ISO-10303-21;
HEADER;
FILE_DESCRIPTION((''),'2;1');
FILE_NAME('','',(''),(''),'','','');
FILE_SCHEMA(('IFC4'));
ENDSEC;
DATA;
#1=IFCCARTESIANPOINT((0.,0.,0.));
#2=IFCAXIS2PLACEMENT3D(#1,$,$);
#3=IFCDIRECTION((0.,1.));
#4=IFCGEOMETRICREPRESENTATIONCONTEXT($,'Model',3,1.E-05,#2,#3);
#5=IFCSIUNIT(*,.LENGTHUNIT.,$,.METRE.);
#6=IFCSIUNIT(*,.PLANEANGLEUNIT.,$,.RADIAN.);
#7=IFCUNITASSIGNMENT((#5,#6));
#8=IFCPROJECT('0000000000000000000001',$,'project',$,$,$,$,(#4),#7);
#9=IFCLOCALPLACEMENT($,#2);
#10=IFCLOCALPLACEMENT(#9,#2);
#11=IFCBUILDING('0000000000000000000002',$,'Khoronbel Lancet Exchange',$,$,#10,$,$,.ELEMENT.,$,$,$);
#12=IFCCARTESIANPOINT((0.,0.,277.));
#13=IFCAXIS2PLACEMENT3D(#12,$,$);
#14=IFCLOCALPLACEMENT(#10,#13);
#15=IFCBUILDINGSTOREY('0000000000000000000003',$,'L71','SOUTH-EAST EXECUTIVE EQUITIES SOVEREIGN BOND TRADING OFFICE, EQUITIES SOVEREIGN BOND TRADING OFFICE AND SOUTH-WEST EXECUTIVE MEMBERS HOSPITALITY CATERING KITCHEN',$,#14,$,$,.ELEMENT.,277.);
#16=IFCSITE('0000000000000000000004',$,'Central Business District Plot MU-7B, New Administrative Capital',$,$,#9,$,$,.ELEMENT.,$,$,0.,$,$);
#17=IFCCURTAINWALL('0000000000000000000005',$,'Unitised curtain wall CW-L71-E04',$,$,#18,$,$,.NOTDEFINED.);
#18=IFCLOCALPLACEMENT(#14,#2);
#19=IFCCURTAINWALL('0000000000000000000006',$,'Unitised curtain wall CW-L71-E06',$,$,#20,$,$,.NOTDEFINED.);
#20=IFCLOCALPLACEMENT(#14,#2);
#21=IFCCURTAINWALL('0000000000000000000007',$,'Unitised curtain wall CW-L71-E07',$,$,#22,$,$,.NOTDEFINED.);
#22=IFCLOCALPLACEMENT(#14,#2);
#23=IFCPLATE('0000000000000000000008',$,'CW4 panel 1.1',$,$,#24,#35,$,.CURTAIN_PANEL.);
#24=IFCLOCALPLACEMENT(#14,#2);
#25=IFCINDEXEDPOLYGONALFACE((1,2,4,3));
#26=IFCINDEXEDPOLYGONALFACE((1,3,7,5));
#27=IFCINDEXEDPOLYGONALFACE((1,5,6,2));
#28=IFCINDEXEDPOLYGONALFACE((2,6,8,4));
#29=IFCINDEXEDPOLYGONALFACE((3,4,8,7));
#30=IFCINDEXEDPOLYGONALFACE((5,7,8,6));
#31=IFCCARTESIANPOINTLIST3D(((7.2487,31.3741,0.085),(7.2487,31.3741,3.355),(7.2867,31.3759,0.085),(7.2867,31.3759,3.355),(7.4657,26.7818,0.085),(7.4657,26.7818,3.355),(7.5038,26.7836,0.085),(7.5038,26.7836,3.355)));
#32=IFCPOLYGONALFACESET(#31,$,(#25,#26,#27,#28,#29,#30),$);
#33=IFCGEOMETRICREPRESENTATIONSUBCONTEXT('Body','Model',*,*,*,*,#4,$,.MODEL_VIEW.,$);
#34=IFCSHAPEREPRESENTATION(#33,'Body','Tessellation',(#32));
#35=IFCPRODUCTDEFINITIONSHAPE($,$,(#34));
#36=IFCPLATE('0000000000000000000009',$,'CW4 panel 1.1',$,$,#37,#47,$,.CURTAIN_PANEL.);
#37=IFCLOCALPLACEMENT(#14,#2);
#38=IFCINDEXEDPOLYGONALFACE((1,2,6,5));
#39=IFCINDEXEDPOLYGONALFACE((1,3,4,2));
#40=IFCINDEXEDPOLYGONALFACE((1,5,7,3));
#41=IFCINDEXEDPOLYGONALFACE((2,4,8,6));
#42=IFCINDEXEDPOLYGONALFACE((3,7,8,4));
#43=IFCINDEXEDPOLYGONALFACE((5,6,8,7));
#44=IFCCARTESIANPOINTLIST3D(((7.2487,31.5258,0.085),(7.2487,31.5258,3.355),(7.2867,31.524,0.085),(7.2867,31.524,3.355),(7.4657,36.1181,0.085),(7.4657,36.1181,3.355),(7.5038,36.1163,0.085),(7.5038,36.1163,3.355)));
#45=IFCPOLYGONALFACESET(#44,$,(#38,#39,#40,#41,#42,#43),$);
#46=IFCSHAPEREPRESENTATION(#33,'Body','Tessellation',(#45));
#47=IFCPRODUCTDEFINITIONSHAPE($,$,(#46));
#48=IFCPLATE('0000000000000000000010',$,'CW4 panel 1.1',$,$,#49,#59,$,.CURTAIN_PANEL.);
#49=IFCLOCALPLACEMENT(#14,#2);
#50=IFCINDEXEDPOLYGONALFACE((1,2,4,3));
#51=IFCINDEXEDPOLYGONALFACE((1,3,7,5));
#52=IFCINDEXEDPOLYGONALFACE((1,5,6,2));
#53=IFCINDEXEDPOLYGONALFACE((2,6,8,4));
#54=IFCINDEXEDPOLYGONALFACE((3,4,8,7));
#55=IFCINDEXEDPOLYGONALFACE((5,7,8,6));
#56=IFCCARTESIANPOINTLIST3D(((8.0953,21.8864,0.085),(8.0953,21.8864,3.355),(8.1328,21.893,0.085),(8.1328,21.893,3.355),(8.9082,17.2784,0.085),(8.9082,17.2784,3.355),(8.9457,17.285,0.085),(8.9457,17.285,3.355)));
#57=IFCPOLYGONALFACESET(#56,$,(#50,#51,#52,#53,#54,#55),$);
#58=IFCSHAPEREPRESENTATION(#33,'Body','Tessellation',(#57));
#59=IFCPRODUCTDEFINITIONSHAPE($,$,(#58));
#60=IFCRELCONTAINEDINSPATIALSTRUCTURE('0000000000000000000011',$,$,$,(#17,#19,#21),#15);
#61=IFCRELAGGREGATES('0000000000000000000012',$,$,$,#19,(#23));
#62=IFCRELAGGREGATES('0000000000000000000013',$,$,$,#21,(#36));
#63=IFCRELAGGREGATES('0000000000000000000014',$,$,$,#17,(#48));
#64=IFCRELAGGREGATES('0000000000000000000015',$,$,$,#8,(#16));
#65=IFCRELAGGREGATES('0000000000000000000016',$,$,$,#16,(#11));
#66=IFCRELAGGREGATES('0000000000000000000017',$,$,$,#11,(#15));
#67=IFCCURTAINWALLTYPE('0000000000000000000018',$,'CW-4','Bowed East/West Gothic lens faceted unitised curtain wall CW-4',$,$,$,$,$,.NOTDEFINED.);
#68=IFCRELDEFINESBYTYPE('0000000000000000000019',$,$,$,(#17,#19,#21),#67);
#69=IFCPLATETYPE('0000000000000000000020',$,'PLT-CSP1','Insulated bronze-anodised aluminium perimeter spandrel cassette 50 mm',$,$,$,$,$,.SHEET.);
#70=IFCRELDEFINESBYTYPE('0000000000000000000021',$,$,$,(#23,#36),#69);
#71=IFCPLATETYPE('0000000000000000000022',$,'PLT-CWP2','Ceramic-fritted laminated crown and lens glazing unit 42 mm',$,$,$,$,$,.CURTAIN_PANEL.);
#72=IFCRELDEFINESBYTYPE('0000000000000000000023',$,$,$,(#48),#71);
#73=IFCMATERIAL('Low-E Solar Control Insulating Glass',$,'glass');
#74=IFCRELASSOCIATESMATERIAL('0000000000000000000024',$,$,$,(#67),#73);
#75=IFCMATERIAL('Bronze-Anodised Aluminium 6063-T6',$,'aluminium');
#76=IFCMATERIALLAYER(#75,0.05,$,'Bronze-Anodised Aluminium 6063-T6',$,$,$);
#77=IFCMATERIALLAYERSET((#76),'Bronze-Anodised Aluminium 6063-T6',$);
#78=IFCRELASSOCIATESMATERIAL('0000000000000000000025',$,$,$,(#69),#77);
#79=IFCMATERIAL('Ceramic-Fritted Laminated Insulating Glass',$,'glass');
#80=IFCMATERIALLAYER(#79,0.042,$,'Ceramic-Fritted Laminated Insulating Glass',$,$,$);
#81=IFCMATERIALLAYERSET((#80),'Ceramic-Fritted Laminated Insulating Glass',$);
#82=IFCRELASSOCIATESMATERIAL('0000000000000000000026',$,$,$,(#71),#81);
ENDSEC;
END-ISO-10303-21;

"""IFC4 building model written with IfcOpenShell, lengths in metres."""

from ifc_helpers import new_model, si_unit, direction, frame, origin, origin_2d, place, context, subcontext, project, spatial, rectangle, extrude, material, layer, layer_set, type_object, element, aggregate, save


model = new_model("IFC4")

# Units and contexts
model_context = context("Model", 3, precision=1e-05, world=origin(), true_north=direction((0.0, 1.0)))
body_context = subcontext(model_context, "Body", "Model", "MODEL_VIEW")
ifc_project = project(units=[si_unit("LENGTHUNIT", "METRE"), si_unit("PLANEANGLEUNIT", "RADIAN")], contexts=[model_context])

# Site, building, storey
site_placement = place(None, origin())
site = spatial("IfcSite", under=ifc_project, at=site_placement, Name="Central Business District Plot MU-7B, New Administrative Capital", CompositionType="ELEMENT", RefElevation=0.0)
building_placement = place(site_placement, origin())
building = spatial("IfcBuilding", under=site, at=building_placement, Name="Khoronbel Lancet Exchange", CompositionType="ELEMENT")
storey_placement = place(building_placement, frame((0.0, 0.0, 277.0)))
storey = spatial("IfcBuildingStorey", under=building, at=storey_placement, Name="L71", Description="SOUTH-EAST EXECUTIVE EQUITIES SOVEREIGN BOND TRADING OFFICE, EQUITIES SOVEREIGN BOND TRADING OFFICE AND SOUTH-WEST EXECUTIVE MEMBERS HOSPITALITY CATERING KITCHEN", CompositionType="ELEMENT", Elevation=277.0)

# Curtain walls
ifc_material_1 = material(Name="Low-E Solar Control Insulating Glass", Category="glass")
curtain_wall_type = type_object("IfcCurtainWallType", Name="CW-4", Description="Bowed East/West Gothic lens faceted unitised curtain wall CW-4", PredefinedType="NOTDEFINED", material=ifc_material_1)
curtain_wall_1_placement = place(storey_placement, origin())
curtain_wall_1 = element("IfcCurtainWall", 1, at=curtain_wall_1_placement, inside=storey, type_object=curtain_wall_type, Name="Unitised curtain wall CW-L71-E04", PredefinedType="NOTDEFINED")
ifc_material_2 = material(Name="Bronze-Anodised Aluminium 6063-T6", Category="aluminium")
curtain_wall_2_placement = place(storey_placement, origin())
curtain_wall_2 = element("IfcCurtainWall", 2, at=curtain_wall_2_placement, inside=storey, type_object=curtain_wall_type, Name="Unitised curtain wall CW-L71-E06", PredefinedType="NOTDEFINED")

# Curtain wall
curtain_wall_3_placement = place(storey_placement, origin())
curtain_wall_3 = element("IfcCurtainWall", 3, at=curtain_wall_3_placement, inside=storey, type_object=curtain_wall_type, Name="Unitised curtain wall CW-L71-E07", PredefinedType="NOTDEFINED")

# Plates
ifc_layer_1 = layer(ifc_material_2, 0.05, Name="Bronze-Anodised Aluminium 6063-T6")
ifc_layer_set_1 = layer_set([ifc_layer_1], Name="Bronze-Anodised Aluminium 6063-T6")
plate_type_1 = type_object("IfcPlateType", Name="PLT-CSP1", Description="Insulated bronze-anodised aluminium perimeter spandrel cassette 50 mm", PredefinedType="SHEET", material=ifc_layer_set_1)
plate_1_placement = place(storey_placement, frame((7.3762, 29.0789, 0.085), z_axis=(0.0, 0.0, 1.0), x_axis=(-0.047205, 0.998885, 0.0)))
plate_1 = element("IfcPlate", 4, at=plate_1_placement, type_object=plate_type_1, Name="CW4 panel 1.1", PredefinedType="CURTAIN_PANEL", context=body_context, shape_type="SweptSolid", body=[
    extrude(rectangle(XDim=4.5974, YDim=0.0381, at=origin_2d()), origin(), (0.0, 0.0, 1.0), 3.27),
])
aggregate(curtain_wall_2, [plate_1])
plate_2_placement = place(storey_placement, frame((7.3762, 33.821, 0.085), z_axis=(0.0, 0.0, 1.0), x_axis=(0.047205, 0.998885, 0.0)))
plate_2 = element("IfcPlate", 5, at=plate_2_placement, type_object=plate_type_1, Name="CW4 panel 1.1", PredefinedType="CURTAIN_PANEL", context=body_context, shape_type="SweptSolid", body=[
    extrude(rectangle(XDim=4.5974, YDim=0.0381, at=origin_2d()), origin(), (0.0, 0.0, 1.0), 3.27),
])
aggregate(curtain_wall_3, [plate_2])
ifc_material_3 = material(Name="Ceramic-Fritted Laminated Insulating Glass", Category="glass")
ifc_layer_2 = layer(ifc_material_3, 0.042, Name="Ceramic-Fritted Laminated Insulating Glass")
ifc_layer_set_2 = layer_set([ifc_layer_2], Name="Ceramic-Fritted Laminated Insulating Glass")
plate_type_2 = type_object("IfcPlateType", Name="PLT-CWP2", Description="Ceramic-fritted laminated crown and lens glazing unit 42 mm", PredefinedType="CURTAIN_PANEL", material=ifc_layer_set_2)
plate_3_placement = place(storey_placement, frame((8.5205, 19.5857, 0.085), z_axis=(0.0, 0.0, 1.0), x_axis=(-0.173737, 0.984792, 0.0)))
plate_3 = element("IfcPlate", 6, at=plate_3_placement, type_object=plate_type_2, Name="CW4 panel 1.1", PredefinedType="CURTAIN_PANEL", context=body_context, shape_type="SweptSolid", body=[
    extrude(rectangle(XDim=4.6792, YDim=0.0381, at=origin_2d()), origin(), (0.0, 0.0, 1.0), 3.27),
])
aggregate(curtain_wall_1, [plate_3])

save(model, "model.ifc")
